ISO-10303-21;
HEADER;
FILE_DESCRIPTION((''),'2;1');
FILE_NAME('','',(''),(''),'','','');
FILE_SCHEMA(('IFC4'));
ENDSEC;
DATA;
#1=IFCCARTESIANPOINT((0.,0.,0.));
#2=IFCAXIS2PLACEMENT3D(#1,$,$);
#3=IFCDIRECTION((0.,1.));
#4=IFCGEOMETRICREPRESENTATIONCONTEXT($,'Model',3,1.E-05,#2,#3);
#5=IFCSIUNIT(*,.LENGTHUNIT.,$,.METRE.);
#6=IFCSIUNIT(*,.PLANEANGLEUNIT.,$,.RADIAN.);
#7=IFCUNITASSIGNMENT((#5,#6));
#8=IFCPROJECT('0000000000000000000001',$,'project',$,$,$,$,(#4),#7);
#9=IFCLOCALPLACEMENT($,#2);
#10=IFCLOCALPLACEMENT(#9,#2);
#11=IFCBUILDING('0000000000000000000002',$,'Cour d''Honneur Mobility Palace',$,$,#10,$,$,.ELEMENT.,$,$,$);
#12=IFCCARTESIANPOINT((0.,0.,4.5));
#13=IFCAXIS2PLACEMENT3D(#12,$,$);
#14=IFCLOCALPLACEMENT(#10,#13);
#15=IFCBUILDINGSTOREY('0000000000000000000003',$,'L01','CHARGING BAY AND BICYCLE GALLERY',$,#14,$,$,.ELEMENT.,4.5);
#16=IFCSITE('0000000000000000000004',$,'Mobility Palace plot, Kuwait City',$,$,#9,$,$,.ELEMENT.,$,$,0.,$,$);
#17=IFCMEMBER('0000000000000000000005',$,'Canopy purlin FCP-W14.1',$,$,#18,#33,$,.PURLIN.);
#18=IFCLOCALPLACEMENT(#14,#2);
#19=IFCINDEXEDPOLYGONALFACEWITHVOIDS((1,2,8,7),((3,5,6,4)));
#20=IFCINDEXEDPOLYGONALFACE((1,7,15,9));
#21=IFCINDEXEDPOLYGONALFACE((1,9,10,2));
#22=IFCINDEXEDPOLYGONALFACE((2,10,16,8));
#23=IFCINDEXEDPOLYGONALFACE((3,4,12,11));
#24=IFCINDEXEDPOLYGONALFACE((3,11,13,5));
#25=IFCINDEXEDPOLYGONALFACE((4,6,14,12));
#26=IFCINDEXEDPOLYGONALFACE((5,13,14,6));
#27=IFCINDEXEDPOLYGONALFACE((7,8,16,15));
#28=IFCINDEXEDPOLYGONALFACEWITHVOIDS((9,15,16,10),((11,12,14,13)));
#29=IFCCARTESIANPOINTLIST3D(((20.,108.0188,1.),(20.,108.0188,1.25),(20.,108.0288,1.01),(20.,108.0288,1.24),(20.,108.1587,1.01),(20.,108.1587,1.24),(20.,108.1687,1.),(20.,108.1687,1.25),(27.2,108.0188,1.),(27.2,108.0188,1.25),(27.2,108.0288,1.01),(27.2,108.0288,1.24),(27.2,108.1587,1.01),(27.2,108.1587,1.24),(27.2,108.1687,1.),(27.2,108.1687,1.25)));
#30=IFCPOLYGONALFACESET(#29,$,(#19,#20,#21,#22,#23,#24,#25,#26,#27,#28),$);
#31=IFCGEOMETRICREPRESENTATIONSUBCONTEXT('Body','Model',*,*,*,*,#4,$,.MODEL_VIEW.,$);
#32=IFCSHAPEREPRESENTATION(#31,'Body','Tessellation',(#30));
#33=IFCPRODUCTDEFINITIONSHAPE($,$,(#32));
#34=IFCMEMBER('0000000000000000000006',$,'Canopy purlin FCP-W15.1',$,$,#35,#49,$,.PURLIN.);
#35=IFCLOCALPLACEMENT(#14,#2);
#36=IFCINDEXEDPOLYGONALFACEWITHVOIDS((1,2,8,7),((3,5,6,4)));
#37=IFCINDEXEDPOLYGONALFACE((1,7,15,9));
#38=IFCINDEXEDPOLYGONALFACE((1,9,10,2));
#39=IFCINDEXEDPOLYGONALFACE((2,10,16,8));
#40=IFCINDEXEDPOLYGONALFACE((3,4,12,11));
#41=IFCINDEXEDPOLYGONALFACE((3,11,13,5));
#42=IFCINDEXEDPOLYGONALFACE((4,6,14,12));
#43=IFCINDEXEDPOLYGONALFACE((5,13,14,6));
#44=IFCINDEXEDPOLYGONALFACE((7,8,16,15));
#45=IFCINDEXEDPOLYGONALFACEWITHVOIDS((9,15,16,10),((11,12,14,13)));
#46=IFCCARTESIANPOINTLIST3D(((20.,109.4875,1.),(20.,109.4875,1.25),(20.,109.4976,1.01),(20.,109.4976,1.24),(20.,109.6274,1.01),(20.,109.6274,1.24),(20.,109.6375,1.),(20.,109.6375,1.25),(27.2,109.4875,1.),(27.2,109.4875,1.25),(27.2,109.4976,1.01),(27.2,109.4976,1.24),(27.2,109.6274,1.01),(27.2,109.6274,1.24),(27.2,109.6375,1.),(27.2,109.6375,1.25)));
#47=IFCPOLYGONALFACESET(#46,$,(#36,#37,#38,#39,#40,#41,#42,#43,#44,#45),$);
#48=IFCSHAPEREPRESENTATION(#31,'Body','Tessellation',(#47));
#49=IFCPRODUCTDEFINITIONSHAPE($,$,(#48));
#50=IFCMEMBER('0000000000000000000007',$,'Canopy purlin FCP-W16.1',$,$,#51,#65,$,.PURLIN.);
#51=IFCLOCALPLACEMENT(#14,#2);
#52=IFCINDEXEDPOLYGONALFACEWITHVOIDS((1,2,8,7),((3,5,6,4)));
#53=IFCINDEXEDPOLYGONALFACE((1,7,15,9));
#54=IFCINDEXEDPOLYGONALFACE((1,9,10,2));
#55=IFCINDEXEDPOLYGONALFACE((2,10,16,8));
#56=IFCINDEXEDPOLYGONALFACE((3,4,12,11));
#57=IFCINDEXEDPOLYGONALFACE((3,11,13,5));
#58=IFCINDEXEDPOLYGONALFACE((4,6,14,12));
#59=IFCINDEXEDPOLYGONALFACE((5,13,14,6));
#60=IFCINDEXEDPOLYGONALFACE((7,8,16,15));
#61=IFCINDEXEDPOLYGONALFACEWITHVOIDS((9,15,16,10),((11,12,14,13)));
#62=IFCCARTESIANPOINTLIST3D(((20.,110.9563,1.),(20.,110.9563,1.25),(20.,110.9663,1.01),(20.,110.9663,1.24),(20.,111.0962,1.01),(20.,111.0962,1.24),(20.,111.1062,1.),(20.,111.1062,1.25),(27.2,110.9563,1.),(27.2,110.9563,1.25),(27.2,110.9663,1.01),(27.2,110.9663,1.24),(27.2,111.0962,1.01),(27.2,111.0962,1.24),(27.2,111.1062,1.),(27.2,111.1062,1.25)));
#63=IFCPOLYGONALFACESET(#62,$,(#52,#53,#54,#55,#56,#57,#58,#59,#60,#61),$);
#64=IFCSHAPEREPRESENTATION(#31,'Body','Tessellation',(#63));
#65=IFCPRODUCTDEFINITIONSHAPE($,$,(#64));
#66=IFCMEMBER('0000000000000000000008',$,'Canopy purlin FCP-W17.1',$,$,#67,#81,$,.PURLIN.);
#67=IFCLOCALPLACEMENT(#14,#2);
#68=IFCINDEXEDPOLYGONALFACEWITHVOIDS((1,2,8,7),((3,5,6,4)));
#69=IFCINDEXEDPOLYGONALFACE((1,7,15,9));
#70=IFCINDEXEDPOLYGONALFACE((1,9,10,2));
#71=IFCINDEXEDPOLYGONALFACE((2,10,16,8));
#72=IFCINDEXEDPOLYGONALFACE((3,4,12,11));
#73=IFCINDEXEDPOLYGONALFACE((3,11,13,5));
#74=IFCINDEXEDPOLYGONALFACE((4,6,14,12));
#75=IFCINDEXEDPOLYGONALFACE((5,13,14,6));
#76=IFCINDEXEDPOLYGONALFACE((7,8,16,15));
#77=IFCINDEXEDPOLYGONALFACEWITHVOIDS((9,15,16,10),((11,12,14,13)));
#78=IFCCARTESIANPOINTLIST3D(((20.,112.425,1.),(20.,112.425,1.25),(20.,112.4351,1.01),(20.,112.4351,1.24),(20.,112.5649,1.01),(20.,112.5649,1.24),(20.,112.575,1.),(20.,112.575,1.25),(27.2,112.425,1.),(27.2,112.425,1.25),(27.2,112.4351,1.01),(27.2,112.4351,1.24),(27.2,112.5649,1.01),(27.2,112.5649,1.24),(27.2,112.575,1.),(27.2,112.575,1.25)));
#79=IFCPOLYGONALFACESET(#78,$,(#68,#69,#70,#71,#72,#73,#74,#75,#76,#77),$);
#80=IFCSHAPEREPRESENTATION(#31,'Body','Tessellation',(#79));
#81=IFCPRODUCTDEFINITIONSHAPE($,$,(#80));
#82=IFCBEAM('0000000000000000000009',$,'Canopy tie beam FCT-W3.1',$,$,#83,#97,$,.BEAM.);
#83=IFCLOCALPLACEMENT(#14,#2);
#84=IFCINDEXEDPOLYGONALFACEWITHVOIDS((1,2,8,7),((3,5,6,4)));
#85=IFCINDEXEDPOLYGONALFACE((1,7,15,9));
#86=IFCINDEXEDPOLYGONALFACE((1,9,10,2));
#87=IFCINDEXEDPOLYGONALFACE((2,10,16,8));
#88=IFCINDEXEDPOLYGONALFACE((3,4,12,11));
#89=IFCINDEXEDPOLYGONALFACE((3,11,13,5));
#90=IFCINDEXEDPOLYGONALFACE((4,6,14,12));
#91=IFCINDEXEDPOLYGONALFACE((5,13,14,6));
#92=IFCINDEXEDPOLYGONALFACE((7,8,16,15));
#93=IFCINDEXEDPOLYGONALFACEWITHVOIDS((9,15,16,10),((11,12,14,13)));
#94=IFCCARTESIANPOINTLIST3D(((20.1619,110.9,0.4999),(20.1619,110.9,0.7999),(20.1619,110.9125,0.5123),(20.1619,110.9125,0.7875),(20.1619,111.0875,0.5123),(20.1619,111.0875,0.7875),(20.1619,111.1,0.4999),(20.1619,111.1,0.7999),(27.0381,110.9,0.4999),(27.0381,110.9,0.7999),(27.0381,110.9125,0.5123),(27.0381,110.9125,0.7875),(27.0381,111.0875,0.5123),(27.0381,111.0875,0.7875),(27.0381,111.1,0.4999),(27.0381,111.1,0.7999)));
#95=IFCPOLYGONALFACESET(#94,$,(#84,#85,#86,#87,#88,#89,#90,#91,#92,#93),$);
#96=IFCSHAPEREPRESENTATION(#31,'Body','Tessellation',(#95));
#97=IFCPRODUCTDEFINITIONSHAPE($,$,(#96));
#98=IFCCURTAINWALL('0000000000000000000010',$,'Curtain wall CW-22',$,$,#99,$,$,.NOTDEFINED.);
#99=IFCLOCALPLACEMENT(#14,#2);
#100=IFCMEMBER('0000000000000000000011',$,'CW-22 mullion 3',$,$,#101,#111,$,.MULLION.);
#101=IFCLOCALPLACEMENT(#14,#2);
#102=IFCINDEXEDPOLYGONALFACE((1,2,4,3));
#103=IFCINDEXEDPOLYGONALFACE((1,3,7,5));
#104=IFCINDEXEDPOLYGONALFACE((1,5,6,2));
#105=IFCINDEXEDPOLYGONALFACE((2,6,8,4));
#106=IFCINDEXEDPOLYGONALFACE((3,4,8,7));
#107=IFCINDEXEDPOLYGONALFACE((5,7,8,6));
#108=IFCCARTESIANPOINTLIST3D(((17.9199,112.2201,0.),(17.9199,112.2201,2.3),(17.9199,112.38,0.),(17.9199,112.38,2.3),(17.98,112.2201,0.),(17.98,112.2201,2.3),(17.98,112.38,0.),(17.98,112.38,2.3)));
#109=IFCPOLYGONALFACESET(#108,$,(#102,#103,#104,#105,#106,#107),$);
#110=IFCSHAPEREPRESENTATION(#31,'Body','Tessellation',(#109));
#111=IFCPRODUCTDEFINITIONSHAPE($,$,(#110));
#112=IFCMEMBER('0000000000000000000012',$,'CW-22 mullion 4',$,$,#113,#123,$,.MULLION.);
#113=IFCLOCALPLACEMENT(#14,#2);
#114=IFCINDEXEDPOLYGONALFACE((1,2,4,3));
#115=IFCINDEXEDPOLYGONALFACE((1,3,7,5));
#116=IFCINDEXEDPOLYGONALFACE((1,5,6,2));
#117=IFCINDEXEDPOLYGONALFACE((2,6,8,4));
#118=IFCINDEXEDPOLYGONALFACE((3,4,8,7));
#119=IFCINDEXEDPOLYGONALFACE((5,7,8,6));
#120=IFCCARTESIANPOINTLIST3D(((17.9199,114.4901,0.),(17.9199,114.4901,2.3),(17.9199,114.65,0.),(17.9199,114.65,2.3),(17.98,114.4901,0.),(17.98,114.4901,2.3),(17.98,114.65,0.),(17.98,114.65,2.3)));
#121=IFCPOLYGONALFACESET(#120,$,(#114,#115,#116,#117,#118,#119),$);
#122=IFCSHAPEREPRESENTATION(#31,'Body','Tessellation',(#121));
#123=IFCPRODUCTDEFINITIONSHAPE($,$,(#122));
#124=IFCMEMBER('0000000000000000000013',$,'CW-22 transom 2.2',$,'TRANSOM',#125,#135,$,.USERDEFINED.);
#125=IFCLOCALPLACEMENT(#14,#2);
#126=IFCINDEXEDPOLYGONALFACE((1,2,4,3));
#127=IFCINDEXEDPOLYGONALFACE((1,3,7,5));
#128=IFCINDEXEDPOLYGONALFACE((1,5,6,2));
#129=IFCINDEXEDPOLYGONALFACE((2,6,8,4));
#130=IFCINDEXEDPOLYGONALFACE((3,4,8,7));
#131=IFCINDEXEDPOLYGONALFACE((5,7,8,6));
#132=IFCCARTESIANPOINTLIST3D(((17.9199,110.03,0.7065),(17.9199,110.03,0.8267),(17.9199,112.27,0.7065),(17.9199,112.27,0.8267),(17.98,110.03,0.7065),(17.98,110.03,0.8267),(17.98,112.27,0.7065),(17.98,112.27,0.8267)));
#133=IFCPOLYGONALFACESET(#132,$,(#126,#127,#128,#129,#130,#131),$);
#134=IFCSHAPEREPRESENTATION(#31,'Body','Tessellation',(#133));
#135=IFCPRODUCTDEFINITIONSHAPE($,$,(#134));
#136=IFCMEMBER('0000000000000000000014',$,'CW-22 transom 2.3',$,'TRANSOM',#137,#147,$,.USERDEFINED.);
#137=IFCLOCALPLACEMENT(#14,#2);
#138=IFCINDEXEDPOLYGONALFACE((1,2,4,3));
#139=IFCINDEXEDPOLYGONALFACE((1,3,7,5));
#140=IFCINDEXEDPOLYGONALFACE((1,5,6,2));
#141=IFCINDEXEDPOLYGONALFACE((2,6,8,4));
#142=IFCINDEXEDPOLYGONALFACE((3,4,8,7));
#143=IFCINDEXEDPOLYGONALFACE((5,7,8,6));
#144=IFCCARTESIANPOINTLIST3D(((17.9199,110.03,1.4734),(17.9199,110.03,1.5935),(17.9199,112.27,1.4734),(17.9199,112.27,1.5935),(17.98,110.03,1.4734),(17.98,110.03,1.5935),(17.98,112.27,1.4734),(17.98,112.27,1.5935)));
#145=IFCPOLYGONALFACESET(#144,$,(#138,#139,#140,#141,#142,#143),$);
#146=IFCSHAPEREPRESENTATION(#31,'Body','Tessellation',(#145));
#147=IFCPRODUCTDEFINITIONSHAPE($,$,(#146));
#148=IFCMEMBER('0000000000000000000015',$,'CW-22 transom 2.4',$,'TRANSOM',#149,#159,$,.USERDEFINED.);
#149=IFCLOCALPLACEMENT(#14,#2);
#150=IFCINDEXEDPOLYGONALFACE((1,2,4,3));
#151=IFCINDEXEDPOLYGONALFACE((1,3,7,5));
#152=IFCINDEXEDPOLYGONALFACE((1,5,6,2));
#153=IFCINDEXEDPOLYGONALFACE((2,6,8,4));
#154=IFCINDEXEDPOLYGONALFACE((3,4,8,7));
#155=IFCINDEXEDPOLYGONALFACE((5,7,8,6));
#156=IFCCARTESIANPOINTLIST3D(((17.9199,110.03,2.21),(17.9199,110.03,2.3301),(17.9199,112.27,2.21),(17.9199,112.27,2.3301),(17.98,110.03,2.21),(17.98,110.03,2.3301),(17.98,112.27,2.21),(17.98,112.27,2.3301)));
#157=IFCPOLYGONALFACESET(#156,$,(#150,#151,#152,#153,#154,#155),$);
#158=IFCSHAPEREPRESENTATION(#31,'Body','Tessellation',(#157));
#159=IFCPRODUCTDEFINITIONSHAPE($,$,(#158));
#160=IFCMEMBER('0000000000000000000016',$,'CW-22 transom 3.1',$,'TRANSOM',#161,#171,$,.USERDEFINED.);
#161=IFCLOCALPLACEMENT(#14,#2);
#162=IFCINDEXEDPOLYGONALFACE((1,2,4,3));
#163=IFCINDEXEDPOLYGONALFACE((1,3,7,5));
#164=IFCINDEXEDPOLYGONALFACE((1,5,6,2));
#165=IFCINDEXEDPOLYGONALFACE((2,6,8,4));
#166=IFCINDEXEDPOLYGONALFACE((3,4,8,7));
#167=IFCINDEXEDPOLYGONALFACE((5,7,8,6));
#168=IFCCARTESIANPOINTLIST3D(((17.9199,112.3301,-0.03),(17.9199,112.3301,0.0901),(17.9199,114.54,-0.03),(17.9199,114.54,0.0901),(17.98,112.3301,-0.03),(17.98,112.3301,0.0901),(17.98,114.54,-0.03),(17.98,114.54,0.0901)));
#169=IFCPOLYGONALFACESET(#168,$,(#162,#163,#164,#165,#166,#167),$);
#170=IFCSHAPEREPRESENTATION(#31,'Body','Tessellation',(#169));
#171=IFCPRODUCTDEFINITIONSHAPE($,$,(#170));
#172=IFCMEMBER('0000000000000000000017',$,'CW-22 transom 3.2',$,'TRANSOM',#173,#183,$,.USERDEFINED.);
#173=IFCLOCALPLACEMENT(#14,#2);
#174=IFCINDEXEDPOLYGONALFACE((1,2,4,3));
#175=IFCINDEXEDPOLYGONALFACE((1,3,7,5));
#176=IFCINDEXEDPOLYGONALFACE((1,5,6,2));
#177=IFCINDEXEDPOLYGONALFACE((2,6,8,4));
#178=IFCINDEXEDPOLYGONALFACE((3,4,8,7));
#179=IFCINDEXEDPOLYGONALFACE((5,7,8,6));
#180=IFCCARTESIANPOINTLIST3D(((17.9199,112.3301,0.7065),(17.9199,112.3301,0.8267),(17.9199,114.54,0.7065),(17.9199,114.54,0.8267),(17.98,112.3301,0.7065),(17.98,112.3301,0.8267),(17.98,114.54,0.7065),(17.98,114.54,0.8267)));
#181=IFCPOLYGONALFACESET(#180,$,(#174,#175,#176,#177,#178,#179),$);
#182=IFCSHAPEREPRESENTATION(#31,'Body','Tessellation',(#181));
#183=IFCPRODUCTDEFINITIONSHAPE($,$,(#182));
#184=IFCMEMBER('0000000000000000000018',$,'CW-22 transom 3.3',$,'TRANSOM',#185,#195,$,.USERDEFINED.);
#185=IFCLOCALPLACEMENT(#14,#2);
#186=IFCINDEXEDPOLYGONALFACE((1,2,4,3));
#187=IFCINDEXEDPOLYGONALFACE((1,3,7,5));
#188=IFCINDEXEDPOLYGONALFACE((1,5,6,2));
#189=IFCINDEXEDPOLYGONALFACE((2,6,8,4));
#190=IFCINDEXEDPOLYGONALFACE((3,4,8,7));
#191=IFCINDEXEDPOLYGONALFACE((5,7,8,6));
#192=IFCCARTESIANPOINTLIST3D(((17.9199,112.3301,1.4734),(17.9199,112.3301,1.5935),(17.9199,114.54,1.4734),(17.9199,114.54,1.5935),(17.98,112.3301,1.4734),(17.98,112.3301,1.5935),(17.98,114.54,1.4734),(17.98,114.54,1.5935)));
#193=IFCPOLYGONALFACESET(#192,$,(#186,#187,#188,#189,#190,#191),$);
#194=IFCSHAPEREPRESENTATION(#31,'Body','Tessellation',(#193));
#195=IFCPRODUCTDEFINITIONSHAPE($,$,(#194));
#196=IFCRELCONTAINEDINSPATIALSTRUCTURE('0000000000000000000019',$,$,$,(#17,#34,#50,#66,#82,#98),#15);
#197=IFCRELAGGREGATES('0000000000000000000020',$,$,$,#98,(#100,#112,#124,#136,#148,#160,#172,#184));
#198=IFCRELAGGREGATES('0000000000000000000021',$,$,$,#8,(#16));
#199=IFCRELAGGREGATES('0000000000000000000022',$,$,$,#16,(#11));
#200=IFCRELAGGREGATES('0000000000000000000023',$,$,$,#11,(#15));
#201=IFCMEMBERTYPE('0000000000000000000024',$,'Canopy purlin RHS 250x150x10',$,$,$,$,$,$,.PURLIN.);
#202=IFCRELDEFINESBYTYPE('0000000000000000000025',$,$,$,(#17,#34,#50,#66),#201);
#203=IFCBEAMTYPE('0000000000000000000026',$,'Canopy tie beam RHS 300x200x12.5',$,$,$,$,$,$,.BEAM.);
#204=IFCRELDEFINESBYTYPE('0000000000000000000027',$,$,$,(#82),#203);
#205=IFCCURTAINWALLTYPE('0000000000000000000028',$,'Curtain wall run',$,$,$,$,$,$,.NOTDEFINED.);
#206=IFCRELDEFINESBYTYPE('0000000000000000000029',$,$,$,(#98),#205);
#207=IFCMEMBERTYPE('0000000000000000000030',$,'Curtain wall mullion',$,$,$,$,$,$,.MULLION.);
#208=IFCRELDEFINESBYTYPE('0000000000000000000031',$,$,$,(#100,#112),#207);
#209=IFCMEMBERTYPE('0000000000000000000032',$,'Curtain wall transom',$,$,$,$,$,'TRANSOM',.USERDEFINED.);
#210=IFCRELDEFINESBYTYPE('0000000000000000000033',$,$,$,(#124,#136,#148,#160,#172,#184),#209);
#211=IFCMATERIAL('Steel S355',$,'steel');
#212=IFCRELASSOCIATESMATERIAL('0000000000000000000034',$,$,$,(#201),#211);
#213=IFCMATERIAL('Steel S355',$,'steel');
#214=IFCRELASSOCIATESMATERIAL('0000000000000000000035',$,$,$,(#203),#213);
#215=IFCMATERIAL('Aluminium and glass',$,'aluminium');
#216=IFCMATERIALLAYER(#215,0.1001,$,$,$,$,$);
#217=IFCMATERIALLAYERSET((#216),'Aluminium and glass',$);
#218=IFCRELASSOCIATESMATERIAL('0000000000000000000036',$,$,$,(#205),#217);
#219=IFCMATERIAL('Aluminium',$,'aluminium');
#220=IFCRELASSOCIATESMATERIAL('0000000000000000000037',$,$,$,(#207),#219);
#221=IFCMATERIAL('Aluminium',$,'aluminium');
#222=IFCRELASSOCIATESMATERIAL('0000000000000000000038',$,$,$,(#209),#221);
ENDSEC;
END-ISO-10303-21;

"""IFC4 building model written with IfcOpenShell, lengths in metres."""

from ifc_helpers import new_model, si_unit, direction, frame, origin, origin_2d, place, context, subcontext, project, spatial, rectangle, hollow_rectangle, extrude, material, layer, layer_set, material_profile, profile_set, type_object, element, aggregate, save


model = new_model("IFC4")

# Units and contexts
model_context = context("Model", 3, precision=1e-05, world=origin(), true_north=direction((0.0, 1.0)))
body_context = subcontext(model_context, "Body", "Model", "MODEL_VIEW")
ifc_project = project(units=[si_unit("LENGTHUNIT", "METRE"), si_unit("PLANEANGLEUNIT", "RADIAN")], contexts=[model_context])

# Site, building, storey
site_placement = place(None, origin())
site = spatial("IfcSite", under=ifc_project, at=site_placement, Name="Mobility Palace plot, Kuwait City", CompositionType="ELEMENT", RefElevation=0.0)
building_placement = place(site_placement, origin())
building = spatial("IfcBuilding", under=site, at=building_placement, Name="Cour d'Honneur Mobility Palace", CompositionType="ELEMENT")
storey_placement = place(building_placement, frame((0.0, 0.0, 4.5)))
storey = spatial("IfcBuildingStorey", under=building, at=storey_placement, Name="L01", Description="CHARGING BAY AND BICYCLE GALLERY", CompositionType="ELEMENT", Elevation=4.5)

# Members
ifc_material_1 = material(Name="Steel S355", Category="steel")
ifc_material_profile_1 = material_profile(ifc_material_1, hollow_rectangle(XDim=0.1499, YDim=0.25, WallThickness=0.01, at=origin_2d()), Name="RHS 250x150x10")
ifc_profile_set_1 = profile_set([ifc_material_profile_1], Name="Steel S355")
member_type_1 = type_object("IfcMemberType", Name="Canopy purlin RHS 250x150x10", PredefinedType="PURLIN", material=ifc_profile_set_1)
for number, where, z_axis, x_axis, name in (
    (1, (20.0, 108.0938, 1.125), (1.0, 0.0, 0.0), (0.0, 1.0, 0.0), "Canopy purlin FCP-W14.1"),
    (2, (20.0, 109.5625, 1.125), (1.0, 0.0, 0.0), (0.0, 1.0, 0.0), "Canopy purlin FCP-W15.1"),
    (3, (20.0, 111.0312, 1.125), (1.0, 0.0, 0.0), (0.0, 1.0, 0.0), "Canopy purlin FCP-W16.1"),
    (4, (20.0, 112.5, 1.125), (1.0, 0.0, 0.0), (0.0, 1.0, 0.0), "Canopy purlin FCP-W17.1"),
):
    element("IfcMember", number, at=place(storey_placement, frame(where, z_axis=z_axis, x_axis=x_axis)), inside=storey, type_object=member_type_1, Name=name, PredefinedType="PURLIN", context=body_context, shape_type="SweptSolid", body=[
        extrude(hollow_rectangle(XDim=0.1499, YDim=0.25, WallThickness=0.01, at=origin_2d()), origin(), (0.0, 0.0, 1.0), 7.2),
    ])

# Beam
ifc_material_2 = material(Name="Steel S355", Category="steel")
ifc_material_profile_2 = material_profile(ifc_material_2, hollow_rectangle(XDim=0.2, YDim=0.3, WallThickness=0.0125, at=origin_2d()), Name="RHS 300x200x12.5")
ifc_profile_set_2 = profile_set([ifc_material_profile_2], Name="Steel S355")
beam_type = type_object("IfcBeamType", Name="Canopy tie beam RHS 300x200x12.5", PredefinedType="BEAM", material=ifc_profile_set_2)
beam_placement = place(storey_placement, frame((20.1619, 111.0, 0.6499), z_axis=(1.0, 0.0, 0.0), x_axis=(0.0, 1.0, 0.0)))
element("IfcBeam", 5, at=beam_placement, inside=storey, type_object=beam_type, Name="Canopy tie beam FCT-W3.1", PredefinedType="BEAM", context=body_context, shape_type="SweptSolid", body=[
    extrude(hollow_rectangle(XDim=0.2, YDim=0.3, WallThickness=0.0125, at=origin_2d()), origin(), (0.0, 0.0, 1.0), 6.8762),
])

# Curtain wall, members
ifc_material_3 = material(Name="Aluminium and glass", Category="aluminium")
ifc_layer_1 = layer(ifc_material_3, 0.1001)
ifc_layer_set_1 = layer_set([ifc_layer_1], Name="Aluminium and glass")
curtain_wall_type = type_object("IfcCurtainWallType", Name="Curtain wall run", PredefinedType="NOTDEFINED", material=ifc_layer_set_1)
curtain_wall_placement = place(storey_placement, origin())
curtain_wall = element("IfcCurtainWall", 6, at=curtain_wall_placement, inside=storey, type_object=curtain_wall_type, Name="Curtain wall CW-22", PredefinedType="NOTDEFINED")
ifc_material_4 = material(Name="Aluminium", Category="aluminium")
ifc_material_profile_3 = material_profile(ifc_material_4, rectangle(XDim=0.0601, YDim=0.1599, at=origin_2d()), Name="Curtain wall mullion")
ifc_profile_set_3 = profile_set([ifc_material_profile_3], Name="Aluminium")
member_type_2 = type_object("IfcMemberType", Name="Curtain wall mullion", PredefinedType="MULLION", material=ifc_profile_set_3)
member_1_placement = place(storey_placement, frame((17.95, 112.3, 0.0), z_axis=(0.0, 0.0, 1.0), x_axis=(-1.0, 0.0, 0.0)))
member_1 = element("IfcMember", 7, at=member_1_placement, type_object=member_type_2, Name="CW-22 mullion 3", PredefinedType="MULLION", context=body_context, shape_type="SweptSolid", body=[
    extrude(rectangle(XDim=0.0601, YDim=0.1599, at=origin_2d()), origin(), (0.0, 0.0, 1.0), 2.3),
])
member_2_placement = place(storey_placement, frame((17.95, 114.5701, 0.0), z_axis=(0.0, 0.0, 1.0), x_axis=(-1.0, 0.0, 0.0)))
member_2 = element("IfcMember", 8, at=member_2_placement, type_object=member_type_2, Name="CW-22 mullion 4", PredefinedType="MULLION", context=body_context, shape_type="SweptSolid", body=[
    extrude(rectangle(XDim=0.0601, YDim=0.1599, at=origin_2d()), origin(), (0.0, 0.0, 1.0), 2.3),
])
ifc_material_5 = material(Name="Aluminium", Category="aluminium")
ifc_material_profile_4 = material_profile(ifc_material_5, rectangle(XDim=0.0601, YDim=0.1201, at=origin_2d()), Name="Curtain wall transom")
ifc_profile_set_4 = profile_set([ifc_material_profile_4], Name="Aluminium")
member_type_3 = type_object("IfcMemberType", Name="Curtain wall transom", ElementType="TRANSOM", PredefinedType="USERDEFINED", material=ifc_profile_set_4)
member_3_placement = place(storey_placement, frame((17.95, 110.03, 0.7666), z_axis=(0.0, 1.0, 0.0), x_axis=(-1.0, 0.0, 0.0)))
member_3 = element("IfcMember", 9, at=member_3_placement, type_object=member_type_3, Name="CW-22 transom 2.2", ObjectType="TRANSOM", PredefinedType="USERDEFINED", context=body_context, shape_type="SweptSolid", body=[
    extrude(rectangle(XDim=0.0601, YDim=0.1201, at=origin_2d()), origin(), (0.0, 0.0, 1.0), 2.24),
])
member_4_placement = place(storey_placement, frame((17.95, 110.03, 1.5334), z_axis=(0.0, 1.0, 0.0), x_axis=(-1.0, 0.0, 0.0)))
member_4 = element("IfcMember", 10, at=member_4_placement, type_object=member_type_3, Name="CW-22 transom 2.3", ObjectType="TRANSOM", PredefinedType="USERDEFINED", context=body_context, shape_type="SweptSolid", body=[
    extrude(rectangle(XDim=0.0601, YDim=0.1201, at=origin_2d()), origin(), (0.0, 0.0, 1.0), 2.24),
])
member_5_placement = place(storey_placement, frame((17.95, 110.03, 2.27), z_axis=(0.0, 1.0, 0.0), x_axis=(-1.0, 0.0, 0.0)))
member_5 = element("IfcMember", 11, at=member_5_placement, type_object=member_type_3, Name="CW-22 transom 2.4", ObjectType="TRANSOM", PredefinedType="USERDEFINED", context=body_context, shape_type="SweptSolid", body=[
    extrude(rectangle(XDim=0.0601, YDim=0.1201, at=origin_2d()), origin(), (0.0, 0.0, 1.0), 2.24),
])
member_6_placement = place(storey_placement, frame((17.95, 112.3301, 0.03), z_axis=(0.0, 1.0, 0.0), x_axis=(-1.0, 0.0, 0.0)))
member_6 = element("IfcMember", 12, at=member_6_placement, type_object=member_type_3, Name="CW-22 transom 3.1", ObjectType="TRANSOM", PredefinedType="USERDEFINED", context=body_context, shape_type="SweptSolid", body=[
    extrude(rectangle(XDim=0.0601, YDim=0.1201, at=origin_2d()), origin(), (0.0, 0.0, 1.0), 2.21),
])
member_7_placement = place(storey_placement, frame((17.95, 112.3301, 0.7666), z_axis=(0.0, 1.0, 0.0), x_axis=(-1.0, 0.0, 0.0)))
member_7 = element("IfcMember", 13, at=member_7_placement, type_object=member_type_3, Name="CW-22 transom 3.2", ObjectType="TRANSOM", PredefinedType="USERDEFINED", context=body_context, shape_type="SweptSolid", body=[
    extrude(rectangle(XDim=0.0601, YDim=0.1201, at=origin_2d()), origin(), (0.0, 0.0, 1.0), 2.21),
])
member_8_placement = place(storey_placement, frame((17.95, 112.3301, 1.5334), z_axis=(0.0, 1.0, 0.0), x_axis=(-1.0, 0.0, 0.0)))
member_8 = element("IfcMember", 14, at=member_8_placement, type_object=member_type_3, Name="CW-22 transom 3.3", ObjectType="TRANSOM", PredefinedType="USERDEFINED", context=body_context, shape_type="SweptSolid", body=[
    extrude(rectangle(XDim=0.0601, YDim=0.1201, at=origin_2d()), origin(), (0.0, 0.0, 1.0), 2.21),
])
aggregate(curtain_wall, [member_1, member_2, member_3, member_4, member_5, member_6, member_7, member_8])

save(model, "model.ifc")
